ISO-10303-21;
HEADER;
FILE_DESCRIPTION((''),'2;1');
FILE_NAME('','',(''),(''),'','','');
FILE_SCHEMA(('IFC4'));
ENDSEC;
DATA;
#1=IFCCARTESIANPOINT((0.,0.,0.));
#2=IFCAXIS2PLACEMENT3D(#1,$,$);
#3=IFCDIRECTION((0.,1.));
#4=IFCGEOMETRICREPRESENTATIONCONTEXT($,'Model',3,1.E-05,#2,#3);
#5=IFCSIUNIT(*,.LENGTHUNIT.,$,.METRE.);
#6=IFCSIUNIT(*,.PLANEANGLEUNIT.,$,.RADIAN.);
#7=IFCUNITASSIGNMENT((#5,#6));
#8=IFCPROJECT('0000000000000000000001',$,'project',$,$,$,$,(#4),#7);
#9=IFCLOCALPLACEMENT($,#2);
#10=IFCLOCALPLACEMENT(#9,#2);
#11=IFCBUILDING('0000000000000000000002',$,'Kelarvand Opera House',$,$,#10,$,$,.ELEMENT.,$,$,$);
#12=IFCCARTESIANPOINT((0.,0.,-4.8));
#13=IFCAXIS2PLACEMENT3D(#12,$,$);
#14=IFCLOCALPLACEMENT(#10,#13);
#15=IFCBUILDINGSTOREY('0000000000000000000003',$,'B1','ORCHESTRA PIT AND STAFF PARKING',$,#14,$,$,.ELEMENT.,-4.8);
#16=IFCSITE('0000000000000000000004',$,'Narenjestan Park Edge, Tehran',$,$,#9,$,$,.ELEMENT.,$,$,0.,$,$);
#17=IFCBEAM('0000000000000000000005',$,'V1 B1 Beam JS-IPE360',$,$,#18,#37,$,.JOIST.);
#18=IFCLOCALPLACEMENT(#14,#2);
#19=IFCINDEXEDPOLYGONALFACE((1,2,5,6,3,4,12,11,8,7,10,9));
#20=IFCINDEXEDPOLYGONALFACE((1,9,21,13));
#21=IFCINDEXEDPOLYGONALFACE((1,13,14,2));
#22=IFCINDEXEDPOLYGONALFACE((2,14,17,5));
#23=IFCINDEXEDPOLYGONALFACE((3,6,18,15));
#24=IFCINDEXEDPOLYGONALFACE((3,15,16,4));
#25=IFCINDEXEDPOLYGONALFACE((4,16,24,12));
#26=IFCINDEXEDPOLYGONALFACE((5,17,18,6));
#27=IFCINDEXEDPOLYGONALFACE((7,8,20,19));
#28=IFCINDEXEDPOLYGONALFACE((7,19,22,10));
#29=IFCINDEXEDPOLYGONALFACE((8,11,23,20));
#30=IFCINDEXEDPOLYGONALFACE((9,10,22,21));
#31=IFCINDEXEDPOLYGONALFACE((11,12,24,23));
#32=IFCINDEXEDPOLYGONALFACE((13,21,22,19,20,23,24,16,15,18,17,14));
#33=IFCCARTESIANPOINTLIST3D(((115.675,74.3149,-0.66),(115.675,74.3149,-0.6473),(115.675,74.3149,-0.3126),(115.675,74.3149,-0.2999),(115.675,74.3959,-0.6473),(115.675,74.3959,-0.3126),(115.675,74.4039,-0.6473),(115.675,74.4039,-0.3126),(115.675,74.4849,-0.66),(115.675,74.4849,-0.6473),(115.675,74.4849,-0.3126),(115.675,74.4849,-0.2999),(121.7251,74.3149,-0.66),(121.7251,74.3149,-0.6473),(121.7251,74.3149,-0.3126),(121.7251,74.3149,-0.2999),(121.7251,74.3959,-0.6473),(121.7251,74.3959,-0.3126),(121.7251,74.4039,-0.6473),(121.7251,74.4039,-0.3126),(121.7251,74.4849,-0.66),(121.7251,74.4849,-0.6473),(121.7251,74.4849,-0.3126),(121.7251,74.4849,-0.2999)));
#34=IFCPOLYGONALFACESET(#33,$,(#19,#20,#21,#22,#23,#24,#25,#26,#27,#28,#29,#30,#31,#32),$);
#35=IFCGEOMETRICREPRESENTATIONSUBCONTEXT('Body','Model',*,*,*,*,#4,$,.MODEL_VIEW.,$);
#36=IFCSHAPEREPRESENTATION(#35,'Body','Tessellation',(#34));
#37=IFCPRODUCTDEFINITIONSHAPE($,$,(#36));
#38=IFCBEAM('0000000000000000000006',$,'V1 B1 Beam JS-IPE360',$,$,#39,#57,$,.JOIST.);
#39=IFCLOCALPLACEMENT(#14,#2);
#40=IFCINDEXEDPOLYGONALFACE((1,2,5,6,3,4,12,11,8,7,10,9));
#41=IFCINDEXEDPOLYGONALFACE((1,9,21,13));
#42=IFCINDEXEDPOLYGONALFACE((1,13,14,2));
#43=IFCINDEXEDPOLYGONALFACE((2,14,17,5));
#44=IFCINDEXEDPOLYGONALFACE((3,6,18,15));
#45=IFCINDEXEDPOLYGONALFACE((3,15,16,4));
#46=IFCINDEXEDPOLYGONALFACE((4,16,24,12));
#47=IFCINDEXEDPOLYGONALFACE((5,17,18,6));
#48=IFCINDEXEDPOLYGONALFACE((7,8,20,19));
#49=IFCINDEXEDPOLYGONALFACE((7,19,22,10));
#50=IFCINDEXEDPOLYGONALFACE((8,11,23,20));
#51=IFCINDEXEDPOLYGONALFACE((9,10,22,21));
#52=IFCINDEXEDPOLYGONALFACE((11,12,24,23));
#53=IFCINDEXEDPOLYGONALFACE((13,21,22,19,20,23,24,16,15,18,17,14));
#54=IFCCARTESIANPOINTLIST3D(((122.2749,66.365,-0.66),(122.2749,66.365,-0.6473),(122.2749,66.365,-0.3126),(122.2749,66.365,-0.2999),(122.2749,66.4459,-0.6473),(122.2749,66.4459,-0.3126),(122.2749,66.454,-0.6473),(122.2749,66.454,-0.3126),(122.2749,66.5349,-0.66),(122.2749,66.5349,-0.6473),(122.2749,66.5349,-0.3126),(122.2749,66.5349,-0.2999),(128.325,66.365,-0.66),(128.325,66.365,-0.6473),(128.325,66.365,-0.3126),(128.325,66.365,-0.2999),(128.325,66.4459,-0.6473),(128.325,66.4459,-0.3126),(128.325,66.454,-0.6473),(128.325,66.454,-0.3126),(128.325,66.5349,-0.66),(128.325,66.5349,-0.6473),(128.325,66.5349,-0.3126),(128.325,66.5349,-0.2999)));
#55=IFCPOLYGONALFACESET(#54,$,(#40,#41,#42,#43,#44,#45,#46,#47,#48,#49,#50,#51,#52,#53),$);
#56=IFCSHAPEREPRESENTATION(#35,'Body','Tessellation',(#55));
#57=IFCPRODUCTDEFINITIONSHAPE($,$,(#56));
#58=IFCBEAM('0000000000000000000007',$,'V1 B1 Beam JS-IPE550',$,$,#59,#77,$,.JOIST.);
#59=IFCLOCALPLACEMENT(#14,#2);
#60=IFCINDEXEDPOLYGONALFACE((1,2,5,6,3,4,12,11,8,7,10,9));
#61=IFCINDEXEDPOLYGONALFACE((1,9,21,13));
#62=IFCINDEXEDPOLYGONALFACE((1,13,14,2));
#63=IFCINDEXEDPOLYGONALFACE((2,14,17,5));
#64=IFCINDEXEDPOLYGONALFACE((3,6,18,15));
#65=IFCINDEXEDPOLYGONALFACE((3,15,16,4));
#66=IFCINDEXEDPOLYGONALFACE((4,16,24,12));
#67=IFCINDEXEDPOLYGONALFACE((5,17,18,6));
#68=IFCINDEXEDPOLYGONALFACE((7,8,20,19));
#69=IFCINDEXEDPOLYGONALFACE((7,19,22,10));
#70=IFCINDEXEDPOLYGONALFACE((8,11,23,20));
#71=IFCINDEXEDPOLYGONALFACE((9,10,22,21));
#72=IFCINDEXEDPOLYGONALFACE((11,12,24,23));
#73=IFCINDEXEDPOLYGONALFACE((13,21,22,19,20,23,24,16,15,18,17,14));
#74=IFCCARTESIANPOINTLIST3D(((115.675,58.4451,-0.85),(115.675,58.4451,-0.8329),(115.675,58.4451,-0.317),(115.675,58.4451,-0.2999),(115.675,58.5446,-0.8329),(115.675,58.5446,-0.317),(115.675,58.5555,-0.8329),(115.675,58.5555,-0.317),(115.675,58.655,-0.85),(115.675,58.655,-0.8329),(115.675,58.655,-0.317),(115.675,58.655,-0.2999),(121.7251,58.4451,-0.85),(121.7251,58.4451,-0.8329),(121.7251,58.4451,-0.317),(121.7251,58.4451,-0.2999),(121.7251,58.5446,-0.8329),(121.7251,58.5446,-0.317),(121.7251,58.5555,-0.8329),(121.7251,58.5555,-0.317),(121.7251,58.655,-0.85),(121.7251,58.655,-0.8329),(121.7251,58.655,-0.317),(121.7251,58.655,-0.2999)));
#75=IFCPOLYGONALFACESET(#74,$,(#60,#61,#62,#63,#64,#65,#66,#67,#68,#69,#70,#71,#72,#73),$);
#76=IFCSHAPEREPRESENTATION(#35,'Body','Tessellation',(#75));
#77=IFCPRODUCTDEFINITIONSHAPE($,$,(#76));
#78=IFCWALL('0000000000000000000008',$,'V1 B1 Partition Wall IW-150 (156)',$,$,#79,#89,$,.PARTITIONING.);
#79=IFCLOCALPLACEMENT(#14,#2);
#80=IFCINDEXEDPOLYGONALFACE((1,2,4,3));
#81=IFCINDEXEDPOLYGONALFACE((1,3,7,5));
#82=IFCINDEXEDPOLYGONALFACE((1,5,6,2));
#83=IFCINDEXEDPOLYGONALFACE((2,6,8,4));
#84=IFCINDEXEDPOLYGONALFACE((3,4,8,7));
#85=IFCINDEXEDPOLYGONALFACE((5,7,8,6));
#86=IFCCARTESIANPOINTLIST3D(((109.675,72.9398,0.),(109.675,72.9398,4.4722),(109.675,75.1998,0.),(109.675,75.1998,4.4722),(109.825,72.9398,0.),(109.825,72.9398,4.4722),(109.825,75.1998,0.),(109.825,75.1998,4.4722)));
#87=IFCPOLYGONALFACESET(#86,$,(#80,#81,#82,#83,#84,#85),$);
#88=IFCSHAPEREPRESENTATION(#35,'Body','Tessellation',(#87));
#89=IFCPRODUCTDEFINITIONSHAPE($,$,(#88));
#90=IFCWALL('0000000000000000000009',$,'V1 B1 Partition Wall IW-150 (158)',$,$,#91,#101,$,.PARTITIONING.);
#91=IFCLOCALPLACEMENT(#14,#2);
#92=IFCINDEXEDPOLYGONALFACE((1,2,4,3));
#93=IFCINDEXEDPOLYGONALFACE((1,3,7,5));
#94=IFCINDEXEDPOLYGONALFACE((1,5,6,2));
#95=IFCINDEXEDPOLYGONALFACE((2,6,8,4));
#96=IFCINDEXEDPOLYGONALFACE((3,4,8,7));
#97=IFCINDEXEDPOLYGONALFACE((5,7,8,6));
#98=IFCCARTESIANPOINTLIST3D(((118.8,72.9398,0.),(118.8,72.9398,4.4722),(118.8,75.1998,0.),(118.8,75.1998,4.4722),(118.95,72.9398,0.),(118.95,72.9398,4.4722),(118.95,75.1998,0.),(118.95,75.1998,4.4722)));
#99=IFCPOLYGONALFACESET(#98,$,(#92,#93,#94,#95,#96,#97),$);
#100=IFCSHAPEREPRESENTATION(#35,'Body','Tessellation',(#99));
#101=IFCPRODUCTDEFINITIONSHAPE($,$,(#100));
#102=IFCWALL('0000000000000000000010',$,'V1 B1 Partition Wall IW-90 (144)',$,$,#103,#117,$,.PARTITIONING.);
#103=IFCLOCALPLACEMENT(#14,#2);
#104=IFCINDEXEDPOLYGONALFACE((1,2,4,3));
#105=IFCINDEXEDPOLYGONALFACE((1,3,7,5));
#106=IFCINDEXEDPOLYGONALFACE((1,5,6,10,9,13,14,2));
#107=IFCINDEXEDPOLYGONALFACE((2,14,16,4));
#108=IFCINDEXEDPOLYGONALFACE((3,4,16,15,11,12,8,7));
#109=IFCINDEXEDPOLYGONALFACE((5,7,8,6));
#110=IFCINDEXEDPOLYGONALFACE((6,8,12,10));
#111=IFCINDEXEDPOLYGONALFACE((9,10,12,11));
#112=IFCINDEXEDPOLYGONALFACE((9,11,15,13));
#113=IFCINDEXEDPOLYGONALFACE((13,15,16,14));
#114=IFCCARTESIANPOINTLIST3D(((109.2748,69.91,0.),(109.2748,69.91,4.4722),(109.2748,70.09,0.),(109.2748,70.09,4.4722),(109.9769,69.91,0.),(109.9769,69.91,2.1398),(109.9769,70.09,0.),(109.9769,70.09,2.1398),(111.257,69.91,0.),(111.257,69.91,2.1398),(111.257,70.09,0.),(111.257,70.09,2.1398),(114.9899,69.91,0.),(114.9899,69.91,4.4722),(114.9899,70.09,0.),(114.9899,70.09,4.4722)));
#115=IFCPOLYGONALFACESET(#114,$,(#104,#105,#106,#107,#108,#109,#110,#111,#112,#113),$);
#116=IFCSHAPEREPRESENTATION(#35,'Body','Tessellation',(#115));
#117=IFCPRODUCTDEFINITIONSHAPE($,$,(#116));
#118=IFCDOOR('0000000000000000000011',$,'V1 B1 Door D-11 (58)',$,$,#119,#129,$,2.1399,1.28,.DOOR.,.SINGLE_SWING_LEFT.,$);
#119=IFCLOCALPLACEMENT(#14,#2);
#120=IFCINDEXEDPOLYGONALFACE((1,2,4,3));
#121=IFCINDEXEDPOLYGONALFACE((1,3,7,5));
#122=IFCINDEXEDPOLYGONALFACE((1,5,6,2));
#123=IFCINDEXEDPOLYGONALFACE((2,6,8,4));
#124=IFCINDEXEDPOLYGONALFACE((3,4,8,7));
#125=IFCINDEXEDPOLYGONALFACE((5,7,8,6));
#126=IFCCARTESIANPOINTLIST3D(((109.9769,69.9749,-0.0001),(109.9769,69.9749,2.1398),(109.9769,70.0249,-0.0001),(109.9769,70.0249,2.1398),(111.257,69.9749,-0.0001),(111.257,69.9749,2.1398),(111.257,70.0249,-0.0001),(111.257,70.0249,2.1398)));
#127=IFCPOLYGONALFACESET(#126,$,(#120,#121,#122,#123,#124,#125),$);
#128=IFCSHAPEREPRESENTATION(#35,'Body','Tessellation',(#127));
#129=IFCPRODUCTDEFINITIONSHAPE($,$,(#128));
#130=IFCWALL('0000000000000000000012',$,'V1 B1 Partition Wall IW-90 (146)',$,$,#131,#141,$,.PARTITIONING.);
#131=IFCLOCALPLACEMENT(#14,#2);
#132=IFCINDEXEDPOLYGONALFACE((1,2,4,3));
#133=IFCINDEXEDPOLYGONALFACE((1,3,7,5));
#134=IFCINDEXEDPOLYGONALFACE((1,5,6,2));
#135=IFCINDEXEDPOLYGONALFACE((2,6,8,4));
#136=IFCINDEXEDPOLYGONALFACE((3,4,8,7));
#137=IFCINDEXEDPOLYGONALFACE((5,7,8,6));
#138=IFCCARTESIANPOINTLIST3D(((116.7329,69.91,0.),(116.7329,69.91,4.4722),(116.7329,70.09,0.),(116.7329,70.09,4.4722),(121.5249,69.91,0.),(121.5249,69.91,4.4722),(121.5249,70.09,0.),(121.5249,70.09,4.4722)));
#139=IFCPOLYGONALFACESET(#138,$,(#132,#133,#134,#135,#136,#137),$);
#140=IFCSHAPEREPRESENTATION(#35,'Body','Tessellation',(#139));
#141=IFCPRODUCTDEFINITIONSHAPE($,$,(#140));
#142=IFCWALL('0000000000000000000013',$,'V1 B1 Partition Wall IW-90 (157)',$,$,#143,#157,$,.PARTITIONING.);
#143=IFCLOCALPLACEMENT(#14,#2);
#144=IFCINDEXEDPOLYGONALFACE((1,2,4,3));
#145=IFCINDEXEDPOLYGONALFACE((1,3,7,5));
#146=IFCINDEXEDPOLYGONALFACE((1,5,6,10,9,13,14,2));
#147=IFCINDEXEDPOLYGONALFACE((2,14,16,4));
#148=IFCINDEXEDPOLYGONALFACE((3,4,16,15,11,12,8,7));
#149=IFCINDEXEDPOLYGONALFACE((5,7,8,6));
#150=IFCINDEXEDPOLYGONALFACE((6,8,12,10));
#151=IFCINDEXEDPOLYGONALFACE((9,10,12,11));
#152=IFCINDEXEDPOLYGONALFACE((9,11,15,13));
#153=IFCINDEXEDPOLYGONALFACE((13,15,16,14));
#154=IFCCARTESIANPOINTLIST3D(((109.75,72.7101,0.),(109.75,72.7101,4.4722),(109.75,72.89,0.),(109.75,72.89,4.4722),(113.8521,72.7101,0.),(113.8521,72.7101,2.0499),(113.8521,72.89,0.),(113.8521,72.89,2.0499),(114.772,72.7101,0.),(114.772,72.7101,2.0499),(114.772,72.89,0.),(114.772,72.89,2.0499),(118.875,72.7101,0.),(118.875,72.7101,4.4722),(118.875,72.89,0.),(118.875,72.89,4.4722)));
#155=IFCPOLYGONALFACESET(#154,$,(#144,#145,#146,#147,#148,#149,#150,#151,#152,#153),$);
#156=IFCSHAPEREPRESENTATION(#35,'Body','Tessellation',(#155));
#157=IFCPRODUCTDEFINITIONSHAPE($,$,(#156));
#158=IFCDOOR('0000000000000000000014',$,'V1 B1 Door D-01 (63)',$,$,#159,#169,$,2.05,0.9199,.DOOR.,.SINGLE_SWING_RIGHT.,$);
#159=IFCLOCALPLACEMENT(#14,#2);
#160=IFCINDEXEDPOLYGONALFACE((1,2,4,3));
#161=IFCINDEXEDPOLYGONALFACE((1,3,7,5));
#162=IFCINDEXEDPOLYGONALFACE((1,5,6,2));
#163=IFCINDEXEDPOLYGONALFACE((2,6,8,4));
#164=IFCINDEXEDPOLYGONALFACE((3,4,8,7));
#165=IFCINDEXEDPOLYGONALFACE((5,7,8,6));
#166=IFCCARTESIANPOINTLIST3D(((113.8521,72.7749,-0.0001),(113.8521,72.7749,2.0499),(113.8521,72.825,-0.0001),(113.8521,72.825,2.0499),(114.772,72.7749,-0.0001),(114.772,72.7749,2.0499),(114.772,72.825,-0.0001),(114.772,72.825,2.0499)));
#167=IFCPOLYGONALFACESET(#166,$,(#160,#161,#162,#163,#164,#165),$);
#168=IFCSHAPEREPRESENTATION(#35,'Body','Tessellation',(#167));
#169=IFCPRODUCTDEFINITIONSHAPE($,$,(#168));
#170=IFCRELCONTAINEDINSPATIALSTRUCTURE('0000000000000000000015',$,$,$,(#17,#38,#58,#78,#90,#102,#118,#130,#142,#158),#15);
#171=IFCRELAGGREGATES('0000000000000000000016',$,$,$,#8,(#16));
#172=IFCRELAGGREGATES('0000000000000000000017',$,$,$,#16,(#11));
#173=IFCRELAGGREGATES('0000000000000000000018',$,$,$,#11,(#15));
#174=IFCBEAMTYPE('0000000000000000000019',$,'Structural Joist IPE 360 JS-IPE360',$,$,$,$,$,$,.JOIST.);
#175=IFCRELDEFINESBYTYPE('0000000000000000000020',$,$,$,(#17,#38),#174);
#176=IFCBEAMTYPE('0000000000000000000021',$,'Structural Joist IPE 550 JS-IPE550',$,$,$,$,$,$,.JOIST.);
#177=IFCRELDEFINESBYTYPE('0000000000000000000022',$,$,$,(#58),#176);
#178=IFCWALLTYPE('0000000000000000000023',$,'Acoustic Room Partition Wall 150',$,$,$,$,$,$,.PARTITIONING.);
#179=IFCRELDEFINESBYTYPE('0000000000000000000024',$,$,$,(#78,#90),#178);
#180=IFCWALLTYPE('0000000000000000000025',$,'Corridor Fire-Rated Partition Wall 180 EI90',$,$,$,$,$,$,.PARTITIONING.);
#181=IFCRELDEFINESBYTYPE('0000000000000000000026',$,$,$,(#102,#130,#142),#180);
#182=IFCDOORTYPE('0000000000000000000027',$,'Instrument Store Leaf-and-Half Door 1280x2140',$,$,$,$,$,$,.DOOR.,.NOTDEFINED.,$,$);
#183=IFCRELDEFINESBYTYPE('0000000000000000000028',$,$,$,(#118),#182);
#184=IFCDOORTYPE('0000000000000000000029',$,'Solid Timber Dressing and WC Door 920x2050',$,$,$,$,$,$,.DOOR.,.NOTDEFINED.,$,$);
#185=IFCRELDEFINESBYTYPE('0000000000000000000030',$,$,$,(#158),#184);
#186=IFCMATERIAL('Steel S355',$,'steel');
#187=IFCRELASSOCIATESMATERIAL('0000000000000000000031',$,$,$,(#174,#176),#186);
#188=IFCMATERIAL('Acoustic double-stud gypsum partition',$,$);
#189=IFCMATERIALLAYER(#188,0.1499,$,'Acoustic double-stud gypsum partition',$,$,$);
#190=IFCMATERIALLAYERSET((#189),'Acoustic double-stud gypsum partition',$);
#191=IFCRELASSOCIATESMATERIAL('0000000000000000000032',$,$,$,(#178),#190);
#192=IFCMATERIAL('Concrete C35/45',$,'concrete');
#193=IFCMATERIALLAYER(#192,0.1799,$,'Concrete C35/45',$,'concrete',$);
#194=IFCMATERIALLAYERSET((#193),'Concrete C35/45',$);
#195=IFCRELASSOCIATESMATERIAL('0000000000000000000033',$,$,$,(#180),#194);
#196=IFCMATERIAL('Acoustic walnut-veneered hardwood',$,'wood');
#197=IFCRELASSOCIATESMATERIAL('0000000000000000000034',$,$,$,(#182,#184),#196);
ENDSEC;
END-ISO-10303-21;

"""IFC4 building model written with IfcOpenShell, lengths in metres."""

from ifc_helpers import new_model, si_unit, direction, frame, frame_2d, origin, origin_2d, place, context, subcontext, project, spatial, rectangle, i_section, extrude, material, layer, layer_set, material_profile, profile_set, type_object, element, fill, save


model = new_model("IFC4")

# Units and contexts
model_context = context("Model", 3, precision=1e-05, world=origin(), true_north=direction((0.0, 1.0)))
body_context = subcontext(model_context, "Body", "Model", "MODEL_VIEW")
ifc_project = project(units=[si_unit("LENGTHUNIT", "METRE"), si_unit("PLANEANGLEUNIT", "RADIAN")], contexts=[model_context])

# Site, building, storey
site_placement = place(None, origin())
site = spatial("IfcSite", under=ifc_project, at=site_placement, Name="Narenjestan Park Edge, Tehran", CompositionType="ELEMENT", RefElevation=0.0)
building_placement = place(site_placement, origin())
building = spatial("IfcBuilding", under=site, at=building_placement, Name="Kelarvand Opera House", CompositionType="ELEMENT")
storey_placement = place(building_placement, frame((0.0, 0.0, -4.8)))
storey = spatial("IfcBuildingStorey", under=building, at=storey_placement, Name="B1", Description="ORCHESTRA PIT AND STAFF PARKING", CompositionType="ELEMENT", Elevation=-4.8)

# Beams
ifc_material_1 = material(Name="Concrete C35/45", Category="concrete")
ifc_material_2 = material(Name="Steel S355", Category="steel")
ifc_material_profile_1 = material_profile(ifc_material_2, i_section(OverallWidth=0.1699, OverallDepth=0.3601, WebThickness=0.0081, FlangeThickness=0.0127, at=origin_2d()), Name="IPE 360", Category="steel")
ifc_profile_set_1 = profile_set([ifc_material_profile_1], Name="Steel S355")
beam_type_1 = type_object("IfcBeamType", Name="Structural Joist IPE 360 JS-IPE360", PredefinedType="JOIST", material=ifc_profile_set_1)
for number, where, z_axis, x_axis, name in (
    (1, (115.675, 74.3999, -0.48), (1.0, 0.0, 0.0), (0.0, 1.0, 0.0), "V1 B1 Beam JS-IPE360"),
    (2, (122.2749, 66.45, -0.48), (1.0, 0.0, 0.0), (0.0, 1.0, 0.0), "V1 B1 Beam JS-IPE360"),
):
    element("IfcBeam", number, at=place(storey_placement, frame(where, z_axis=z_axis, x_axis=x_axis)), inside=storey, type_object=beam_type_1, Name=name, PredefinedType="JOIST", context=body_context, shape_type="SweptSolid", body=[
        extrude(i_section(OverallWidth=0.1699, OverallDepth=0.3601, WebThickness=0.0081, FlangeThickness=0.0127, at=origin_2d()), origin(), (0.0, 0.0, 1.0), 6.05),
    ])
ifc_material_profile_2 = material_profile(ifc_material_2, i_section(OverallWidth=0.21, OverallDepth=0.55, WebThickness=0.011, FlangeThickness=0.0171, at=origin_2d()), Name="IPE 550", Category="steel")
ifc_profile_set_2 = profile_set([ifc_material_profile_2], Name="Steel S355")
beam_type_2 = type_object("IfcBeamType", Name="Structural Joist IPE 550 JS-IPE550", PredefinedType="JOIST", material=ifc_profile_set_2)
beam_1_placement = place(storey_placement, frame((115.675, 58.55, -0.575), z_axis=(1.0, 0.0, 0.0), x_axis=(0.0, 1.0, 0.0)))
element("IfcBeam", 3, at=beam_1_placement, inside=storey, type_object=beam_type_2, Name="V1 B1 Beam JS-IPE550", PredefinedType="JOIST", context=body_context, shape_type="SweptSolid", body=[
    extrude(i_section(OverallWidth=0.21, OverallDepth=0.55, WebThickness=0.011, FlangeThickness=0.0171, at=origin_2d()), origin(), (0.0, 0.0, 1.0), 6.05),
])

# Walls
ifc_material_3 = material(Name="Acoustic double-stud gypsum partition")
ifc_layer_1 = layer(ifc_material_3, 0.1499, Name="Acoustic double-stud gypsum partition")
ifc_layer_set_1 = layer_set([ifc_layer_1], Name="Acoustic double-stud gypsum partition")
wall_type_1 = type_object("IfcWallType", Name="Acoustic Room Partition Wall 150", PredefinedType="PARTITIONING", material=ifc_layer_set_1)
for number, where, z_axis, x_axis, name in (
    (4, (109.75, 72.9399, 0.0), (0.0, 0.0, 1.0), (0.0, 1.0, 0.0), "V1 B1 Partition Wall IW-150 (156)"),
    (5, (118.875, 72.9399, 0.0), (0.0, 0.0, 1.0), (0.0, 1.0, 0.0), "V1 B1 Partition Wall IW-150 (158)"),
):
    element("IfcWall", number, at=place(storey_placement, frame(where, z_axis=z_axis, x_axis=x_axis)), inside=storey, type_object=wall_type_1, Name=name, PredefinedType="PARTITIONING", context=body_context, shape_type="SweptSolid", body=[
        extrude(rectangle(XDim=2.26, YDim=0.1499, at=frame_2d((1.1299, 0.0))), origin(), (0.0, 0.0, 1.0), 4.4722),
    ])

# Wall, opening, door
ifc_layer_2 = layer(ifc_material_1, 0.1799, Name="Concrete C35/45", Category="concrete")
ifc_layer_set_2 = layer_set([ifc_layer_2], Name="Concrete C35/45")
wall_type_2 = type_object("IfcWallType", Name="Corridor Fire-Rated Partition Wall 180 EI90", PredefinedType="PARTITIONING", material=ifc_layer_set_2)
wall_1_placement = place(storey_placement, frame((109.2749, 70.0, 0.0), z_axis=(0.0, 0.0, 1.0), x_axis=(1.0, 0.0, 0.0)))
wall_1 = element("IfcWall", 6, at=wall_1_placement, inside=storey, type_object=wall_type_2, Name="V1 B1 Partition Wall IW-90 (144)", PredefinedType="PARTITIONING", context=body_context, shape_type="SweptSolid", body=[
    extrude(rectangle(XDim=5.7151, YDim=0.1799, at=frame_2d((2.8574, 0.0))), origin(), (0.0, 0.0, 1.0), 4.4722),
])
opening_1_placement = place(wall_1_placement, frame((0.7019, 0.0, 0.0)))
opening_1 = element("IfcOpeningElement", 7, at=opening_1_placement, cuts=wall_1, PredefinedType="OPENING", context=body_context, shape_type="SweptSolid", body=[
    extrude(rectangle(XDim=1.28, YDim=2.1399, at=frame_2d((0.6401, 1.0698))), frame((0.0, 0.1001, 0.0), z_axis=(0.0, -1.0, 0.0), x_axis=(1.0, 0.0, 0.0)), (0.0, 0.0, 1.0), 0.2),
])
ifc_material_4 = material(Name="Acoustic walnut-veneered hardwood", Category="wood")
door_type_1 = type_object("IfcDoorType", Name="Instrument Store Leaf-and-Half Door 1280x2140", OperationType="NOTDEFINED", PredefinedType="DOOR", material=ifc_material_4)
door_1_placement = place(opening_1_placement, origin())
door_1 = element("IfcDoor", 8, at=door_1_placement, inside=storey, type_object=door_type_1, Name="V1 B1 Door D-11 (58)", OperationType="SINGLE_SWING_LEFT", OverallHeight=2.1399, OverallWidth=1.28, PredefinedType="DOOR", context=body_context, shape_type="SweptSolid", body=[
    extrude(rectangle(XDim=1.28, YDim=2.1399, at=frame_2d((0.6401, 1.0698))), frame((0.0, 0.0249, 0.0), z_axis=(0.0, -1.0, 0.0), x_axis=(1.0, 0.0, 0.0)), (0.0, 0.0, 1.0), 0.05),
])
fill(opening_1, door_1)

# Wall
wall_2_placement = place(storey_placement, frame((116.7329, 70.0, 0.0), z_axis=(0.0, 0.0, 1.0), x_axis=(1.0, 0.0, 0.0)))
element("IfcWall", 9, at=wall_2_placement, inside=storey, type_object=wall_type_2, Name="V1 B1 Partition Wall IW-90 (146)", PredefinedType="PARTITIONING", context=body_context, shape_type="SweptSolid", body=[
    extrude(rectangle(XDim=4.792, YDim=0.1799, at=frame_2d((2.396, 0.0))), origin(), (0.0, 0.0, 1.0), 4.4722),
])

# Wall, opening, door
wall_3_placement = place(storey_placement, frame((109.75, 72.8, 0.0), z_axis=(0.0, 0.0, 1.0), x_axis=(1.0, 0.0, 0.0)))
wall_3 = element("IfcWall", 10, at=wall_3_placement, inside=storey, type_object=wall_type_2, Name="V1 B1 Partition Wall IW-90 (157)", PredefinedType="PARTITIONING", context=body_context, shape_type="SweptSolid", body=[
    extrude(rectangle(XDim=9.125, YDim=0.1799, at=frame_2d((4.5625, 0.0))), origin(), (0.0, 0.0, 1.0), 4.4722),
])
opening_2_placement = place(wall_3_placement, frame((4.1021, 0.0, 0.0)))
opening_2 = element("IfcOpeningElement", 11, at=opening_2_placement, cuts=wall_3, PredefinedType="OPENING", context=body_context, shape_type="SweptSolid", body=[
    extrude(rectangle(XDim=0.9199, YDim=2.05, at=frame_2d((0.46, 1.0249))), frame((0.0, 0.1001, 0.0), z_axis=(0.0, -1.0, 0.0), x_axis=(1.0, 0.0, 0.0)), (0.0, 0.0, 1.0), 0.2),
])
door_type_2 = type_object("IfcDoorType", Name="Solid Timber Dressing and WC Door 920x2050", OperationType="NOTDEFINED", PredefinedType="DOOR", material=ifc_material_4)
door_2_placement = place(opening_2_placement, origin())
door_2 = element("IfcDoor", 12, at=door_2_placement, inside=storey, type_object=door_type_2, Name="V1 B1 Door D-01 (63)", OperationType="SINGLE_SWING_RIGHT", OverallHeight=2.05, OverallWidth=0.9199, PredefinedType="DOOR", context=body_context, shape_type="SweptSolid", body=[
    extrude(rectangle(XDim=0.9199, YDim=2.05, at=frame_2d((0.46, 1.0249))), frame((0.0, 0.0249, 0.0), z_axis=(0.0, -1.0, 0.0), x_axis=(1.0, 0.0, 0.0)), (0.0, 0.0, 1.0), 0.05),
])
fill(opening_2, door_2)

save(model, "model.ifc")
